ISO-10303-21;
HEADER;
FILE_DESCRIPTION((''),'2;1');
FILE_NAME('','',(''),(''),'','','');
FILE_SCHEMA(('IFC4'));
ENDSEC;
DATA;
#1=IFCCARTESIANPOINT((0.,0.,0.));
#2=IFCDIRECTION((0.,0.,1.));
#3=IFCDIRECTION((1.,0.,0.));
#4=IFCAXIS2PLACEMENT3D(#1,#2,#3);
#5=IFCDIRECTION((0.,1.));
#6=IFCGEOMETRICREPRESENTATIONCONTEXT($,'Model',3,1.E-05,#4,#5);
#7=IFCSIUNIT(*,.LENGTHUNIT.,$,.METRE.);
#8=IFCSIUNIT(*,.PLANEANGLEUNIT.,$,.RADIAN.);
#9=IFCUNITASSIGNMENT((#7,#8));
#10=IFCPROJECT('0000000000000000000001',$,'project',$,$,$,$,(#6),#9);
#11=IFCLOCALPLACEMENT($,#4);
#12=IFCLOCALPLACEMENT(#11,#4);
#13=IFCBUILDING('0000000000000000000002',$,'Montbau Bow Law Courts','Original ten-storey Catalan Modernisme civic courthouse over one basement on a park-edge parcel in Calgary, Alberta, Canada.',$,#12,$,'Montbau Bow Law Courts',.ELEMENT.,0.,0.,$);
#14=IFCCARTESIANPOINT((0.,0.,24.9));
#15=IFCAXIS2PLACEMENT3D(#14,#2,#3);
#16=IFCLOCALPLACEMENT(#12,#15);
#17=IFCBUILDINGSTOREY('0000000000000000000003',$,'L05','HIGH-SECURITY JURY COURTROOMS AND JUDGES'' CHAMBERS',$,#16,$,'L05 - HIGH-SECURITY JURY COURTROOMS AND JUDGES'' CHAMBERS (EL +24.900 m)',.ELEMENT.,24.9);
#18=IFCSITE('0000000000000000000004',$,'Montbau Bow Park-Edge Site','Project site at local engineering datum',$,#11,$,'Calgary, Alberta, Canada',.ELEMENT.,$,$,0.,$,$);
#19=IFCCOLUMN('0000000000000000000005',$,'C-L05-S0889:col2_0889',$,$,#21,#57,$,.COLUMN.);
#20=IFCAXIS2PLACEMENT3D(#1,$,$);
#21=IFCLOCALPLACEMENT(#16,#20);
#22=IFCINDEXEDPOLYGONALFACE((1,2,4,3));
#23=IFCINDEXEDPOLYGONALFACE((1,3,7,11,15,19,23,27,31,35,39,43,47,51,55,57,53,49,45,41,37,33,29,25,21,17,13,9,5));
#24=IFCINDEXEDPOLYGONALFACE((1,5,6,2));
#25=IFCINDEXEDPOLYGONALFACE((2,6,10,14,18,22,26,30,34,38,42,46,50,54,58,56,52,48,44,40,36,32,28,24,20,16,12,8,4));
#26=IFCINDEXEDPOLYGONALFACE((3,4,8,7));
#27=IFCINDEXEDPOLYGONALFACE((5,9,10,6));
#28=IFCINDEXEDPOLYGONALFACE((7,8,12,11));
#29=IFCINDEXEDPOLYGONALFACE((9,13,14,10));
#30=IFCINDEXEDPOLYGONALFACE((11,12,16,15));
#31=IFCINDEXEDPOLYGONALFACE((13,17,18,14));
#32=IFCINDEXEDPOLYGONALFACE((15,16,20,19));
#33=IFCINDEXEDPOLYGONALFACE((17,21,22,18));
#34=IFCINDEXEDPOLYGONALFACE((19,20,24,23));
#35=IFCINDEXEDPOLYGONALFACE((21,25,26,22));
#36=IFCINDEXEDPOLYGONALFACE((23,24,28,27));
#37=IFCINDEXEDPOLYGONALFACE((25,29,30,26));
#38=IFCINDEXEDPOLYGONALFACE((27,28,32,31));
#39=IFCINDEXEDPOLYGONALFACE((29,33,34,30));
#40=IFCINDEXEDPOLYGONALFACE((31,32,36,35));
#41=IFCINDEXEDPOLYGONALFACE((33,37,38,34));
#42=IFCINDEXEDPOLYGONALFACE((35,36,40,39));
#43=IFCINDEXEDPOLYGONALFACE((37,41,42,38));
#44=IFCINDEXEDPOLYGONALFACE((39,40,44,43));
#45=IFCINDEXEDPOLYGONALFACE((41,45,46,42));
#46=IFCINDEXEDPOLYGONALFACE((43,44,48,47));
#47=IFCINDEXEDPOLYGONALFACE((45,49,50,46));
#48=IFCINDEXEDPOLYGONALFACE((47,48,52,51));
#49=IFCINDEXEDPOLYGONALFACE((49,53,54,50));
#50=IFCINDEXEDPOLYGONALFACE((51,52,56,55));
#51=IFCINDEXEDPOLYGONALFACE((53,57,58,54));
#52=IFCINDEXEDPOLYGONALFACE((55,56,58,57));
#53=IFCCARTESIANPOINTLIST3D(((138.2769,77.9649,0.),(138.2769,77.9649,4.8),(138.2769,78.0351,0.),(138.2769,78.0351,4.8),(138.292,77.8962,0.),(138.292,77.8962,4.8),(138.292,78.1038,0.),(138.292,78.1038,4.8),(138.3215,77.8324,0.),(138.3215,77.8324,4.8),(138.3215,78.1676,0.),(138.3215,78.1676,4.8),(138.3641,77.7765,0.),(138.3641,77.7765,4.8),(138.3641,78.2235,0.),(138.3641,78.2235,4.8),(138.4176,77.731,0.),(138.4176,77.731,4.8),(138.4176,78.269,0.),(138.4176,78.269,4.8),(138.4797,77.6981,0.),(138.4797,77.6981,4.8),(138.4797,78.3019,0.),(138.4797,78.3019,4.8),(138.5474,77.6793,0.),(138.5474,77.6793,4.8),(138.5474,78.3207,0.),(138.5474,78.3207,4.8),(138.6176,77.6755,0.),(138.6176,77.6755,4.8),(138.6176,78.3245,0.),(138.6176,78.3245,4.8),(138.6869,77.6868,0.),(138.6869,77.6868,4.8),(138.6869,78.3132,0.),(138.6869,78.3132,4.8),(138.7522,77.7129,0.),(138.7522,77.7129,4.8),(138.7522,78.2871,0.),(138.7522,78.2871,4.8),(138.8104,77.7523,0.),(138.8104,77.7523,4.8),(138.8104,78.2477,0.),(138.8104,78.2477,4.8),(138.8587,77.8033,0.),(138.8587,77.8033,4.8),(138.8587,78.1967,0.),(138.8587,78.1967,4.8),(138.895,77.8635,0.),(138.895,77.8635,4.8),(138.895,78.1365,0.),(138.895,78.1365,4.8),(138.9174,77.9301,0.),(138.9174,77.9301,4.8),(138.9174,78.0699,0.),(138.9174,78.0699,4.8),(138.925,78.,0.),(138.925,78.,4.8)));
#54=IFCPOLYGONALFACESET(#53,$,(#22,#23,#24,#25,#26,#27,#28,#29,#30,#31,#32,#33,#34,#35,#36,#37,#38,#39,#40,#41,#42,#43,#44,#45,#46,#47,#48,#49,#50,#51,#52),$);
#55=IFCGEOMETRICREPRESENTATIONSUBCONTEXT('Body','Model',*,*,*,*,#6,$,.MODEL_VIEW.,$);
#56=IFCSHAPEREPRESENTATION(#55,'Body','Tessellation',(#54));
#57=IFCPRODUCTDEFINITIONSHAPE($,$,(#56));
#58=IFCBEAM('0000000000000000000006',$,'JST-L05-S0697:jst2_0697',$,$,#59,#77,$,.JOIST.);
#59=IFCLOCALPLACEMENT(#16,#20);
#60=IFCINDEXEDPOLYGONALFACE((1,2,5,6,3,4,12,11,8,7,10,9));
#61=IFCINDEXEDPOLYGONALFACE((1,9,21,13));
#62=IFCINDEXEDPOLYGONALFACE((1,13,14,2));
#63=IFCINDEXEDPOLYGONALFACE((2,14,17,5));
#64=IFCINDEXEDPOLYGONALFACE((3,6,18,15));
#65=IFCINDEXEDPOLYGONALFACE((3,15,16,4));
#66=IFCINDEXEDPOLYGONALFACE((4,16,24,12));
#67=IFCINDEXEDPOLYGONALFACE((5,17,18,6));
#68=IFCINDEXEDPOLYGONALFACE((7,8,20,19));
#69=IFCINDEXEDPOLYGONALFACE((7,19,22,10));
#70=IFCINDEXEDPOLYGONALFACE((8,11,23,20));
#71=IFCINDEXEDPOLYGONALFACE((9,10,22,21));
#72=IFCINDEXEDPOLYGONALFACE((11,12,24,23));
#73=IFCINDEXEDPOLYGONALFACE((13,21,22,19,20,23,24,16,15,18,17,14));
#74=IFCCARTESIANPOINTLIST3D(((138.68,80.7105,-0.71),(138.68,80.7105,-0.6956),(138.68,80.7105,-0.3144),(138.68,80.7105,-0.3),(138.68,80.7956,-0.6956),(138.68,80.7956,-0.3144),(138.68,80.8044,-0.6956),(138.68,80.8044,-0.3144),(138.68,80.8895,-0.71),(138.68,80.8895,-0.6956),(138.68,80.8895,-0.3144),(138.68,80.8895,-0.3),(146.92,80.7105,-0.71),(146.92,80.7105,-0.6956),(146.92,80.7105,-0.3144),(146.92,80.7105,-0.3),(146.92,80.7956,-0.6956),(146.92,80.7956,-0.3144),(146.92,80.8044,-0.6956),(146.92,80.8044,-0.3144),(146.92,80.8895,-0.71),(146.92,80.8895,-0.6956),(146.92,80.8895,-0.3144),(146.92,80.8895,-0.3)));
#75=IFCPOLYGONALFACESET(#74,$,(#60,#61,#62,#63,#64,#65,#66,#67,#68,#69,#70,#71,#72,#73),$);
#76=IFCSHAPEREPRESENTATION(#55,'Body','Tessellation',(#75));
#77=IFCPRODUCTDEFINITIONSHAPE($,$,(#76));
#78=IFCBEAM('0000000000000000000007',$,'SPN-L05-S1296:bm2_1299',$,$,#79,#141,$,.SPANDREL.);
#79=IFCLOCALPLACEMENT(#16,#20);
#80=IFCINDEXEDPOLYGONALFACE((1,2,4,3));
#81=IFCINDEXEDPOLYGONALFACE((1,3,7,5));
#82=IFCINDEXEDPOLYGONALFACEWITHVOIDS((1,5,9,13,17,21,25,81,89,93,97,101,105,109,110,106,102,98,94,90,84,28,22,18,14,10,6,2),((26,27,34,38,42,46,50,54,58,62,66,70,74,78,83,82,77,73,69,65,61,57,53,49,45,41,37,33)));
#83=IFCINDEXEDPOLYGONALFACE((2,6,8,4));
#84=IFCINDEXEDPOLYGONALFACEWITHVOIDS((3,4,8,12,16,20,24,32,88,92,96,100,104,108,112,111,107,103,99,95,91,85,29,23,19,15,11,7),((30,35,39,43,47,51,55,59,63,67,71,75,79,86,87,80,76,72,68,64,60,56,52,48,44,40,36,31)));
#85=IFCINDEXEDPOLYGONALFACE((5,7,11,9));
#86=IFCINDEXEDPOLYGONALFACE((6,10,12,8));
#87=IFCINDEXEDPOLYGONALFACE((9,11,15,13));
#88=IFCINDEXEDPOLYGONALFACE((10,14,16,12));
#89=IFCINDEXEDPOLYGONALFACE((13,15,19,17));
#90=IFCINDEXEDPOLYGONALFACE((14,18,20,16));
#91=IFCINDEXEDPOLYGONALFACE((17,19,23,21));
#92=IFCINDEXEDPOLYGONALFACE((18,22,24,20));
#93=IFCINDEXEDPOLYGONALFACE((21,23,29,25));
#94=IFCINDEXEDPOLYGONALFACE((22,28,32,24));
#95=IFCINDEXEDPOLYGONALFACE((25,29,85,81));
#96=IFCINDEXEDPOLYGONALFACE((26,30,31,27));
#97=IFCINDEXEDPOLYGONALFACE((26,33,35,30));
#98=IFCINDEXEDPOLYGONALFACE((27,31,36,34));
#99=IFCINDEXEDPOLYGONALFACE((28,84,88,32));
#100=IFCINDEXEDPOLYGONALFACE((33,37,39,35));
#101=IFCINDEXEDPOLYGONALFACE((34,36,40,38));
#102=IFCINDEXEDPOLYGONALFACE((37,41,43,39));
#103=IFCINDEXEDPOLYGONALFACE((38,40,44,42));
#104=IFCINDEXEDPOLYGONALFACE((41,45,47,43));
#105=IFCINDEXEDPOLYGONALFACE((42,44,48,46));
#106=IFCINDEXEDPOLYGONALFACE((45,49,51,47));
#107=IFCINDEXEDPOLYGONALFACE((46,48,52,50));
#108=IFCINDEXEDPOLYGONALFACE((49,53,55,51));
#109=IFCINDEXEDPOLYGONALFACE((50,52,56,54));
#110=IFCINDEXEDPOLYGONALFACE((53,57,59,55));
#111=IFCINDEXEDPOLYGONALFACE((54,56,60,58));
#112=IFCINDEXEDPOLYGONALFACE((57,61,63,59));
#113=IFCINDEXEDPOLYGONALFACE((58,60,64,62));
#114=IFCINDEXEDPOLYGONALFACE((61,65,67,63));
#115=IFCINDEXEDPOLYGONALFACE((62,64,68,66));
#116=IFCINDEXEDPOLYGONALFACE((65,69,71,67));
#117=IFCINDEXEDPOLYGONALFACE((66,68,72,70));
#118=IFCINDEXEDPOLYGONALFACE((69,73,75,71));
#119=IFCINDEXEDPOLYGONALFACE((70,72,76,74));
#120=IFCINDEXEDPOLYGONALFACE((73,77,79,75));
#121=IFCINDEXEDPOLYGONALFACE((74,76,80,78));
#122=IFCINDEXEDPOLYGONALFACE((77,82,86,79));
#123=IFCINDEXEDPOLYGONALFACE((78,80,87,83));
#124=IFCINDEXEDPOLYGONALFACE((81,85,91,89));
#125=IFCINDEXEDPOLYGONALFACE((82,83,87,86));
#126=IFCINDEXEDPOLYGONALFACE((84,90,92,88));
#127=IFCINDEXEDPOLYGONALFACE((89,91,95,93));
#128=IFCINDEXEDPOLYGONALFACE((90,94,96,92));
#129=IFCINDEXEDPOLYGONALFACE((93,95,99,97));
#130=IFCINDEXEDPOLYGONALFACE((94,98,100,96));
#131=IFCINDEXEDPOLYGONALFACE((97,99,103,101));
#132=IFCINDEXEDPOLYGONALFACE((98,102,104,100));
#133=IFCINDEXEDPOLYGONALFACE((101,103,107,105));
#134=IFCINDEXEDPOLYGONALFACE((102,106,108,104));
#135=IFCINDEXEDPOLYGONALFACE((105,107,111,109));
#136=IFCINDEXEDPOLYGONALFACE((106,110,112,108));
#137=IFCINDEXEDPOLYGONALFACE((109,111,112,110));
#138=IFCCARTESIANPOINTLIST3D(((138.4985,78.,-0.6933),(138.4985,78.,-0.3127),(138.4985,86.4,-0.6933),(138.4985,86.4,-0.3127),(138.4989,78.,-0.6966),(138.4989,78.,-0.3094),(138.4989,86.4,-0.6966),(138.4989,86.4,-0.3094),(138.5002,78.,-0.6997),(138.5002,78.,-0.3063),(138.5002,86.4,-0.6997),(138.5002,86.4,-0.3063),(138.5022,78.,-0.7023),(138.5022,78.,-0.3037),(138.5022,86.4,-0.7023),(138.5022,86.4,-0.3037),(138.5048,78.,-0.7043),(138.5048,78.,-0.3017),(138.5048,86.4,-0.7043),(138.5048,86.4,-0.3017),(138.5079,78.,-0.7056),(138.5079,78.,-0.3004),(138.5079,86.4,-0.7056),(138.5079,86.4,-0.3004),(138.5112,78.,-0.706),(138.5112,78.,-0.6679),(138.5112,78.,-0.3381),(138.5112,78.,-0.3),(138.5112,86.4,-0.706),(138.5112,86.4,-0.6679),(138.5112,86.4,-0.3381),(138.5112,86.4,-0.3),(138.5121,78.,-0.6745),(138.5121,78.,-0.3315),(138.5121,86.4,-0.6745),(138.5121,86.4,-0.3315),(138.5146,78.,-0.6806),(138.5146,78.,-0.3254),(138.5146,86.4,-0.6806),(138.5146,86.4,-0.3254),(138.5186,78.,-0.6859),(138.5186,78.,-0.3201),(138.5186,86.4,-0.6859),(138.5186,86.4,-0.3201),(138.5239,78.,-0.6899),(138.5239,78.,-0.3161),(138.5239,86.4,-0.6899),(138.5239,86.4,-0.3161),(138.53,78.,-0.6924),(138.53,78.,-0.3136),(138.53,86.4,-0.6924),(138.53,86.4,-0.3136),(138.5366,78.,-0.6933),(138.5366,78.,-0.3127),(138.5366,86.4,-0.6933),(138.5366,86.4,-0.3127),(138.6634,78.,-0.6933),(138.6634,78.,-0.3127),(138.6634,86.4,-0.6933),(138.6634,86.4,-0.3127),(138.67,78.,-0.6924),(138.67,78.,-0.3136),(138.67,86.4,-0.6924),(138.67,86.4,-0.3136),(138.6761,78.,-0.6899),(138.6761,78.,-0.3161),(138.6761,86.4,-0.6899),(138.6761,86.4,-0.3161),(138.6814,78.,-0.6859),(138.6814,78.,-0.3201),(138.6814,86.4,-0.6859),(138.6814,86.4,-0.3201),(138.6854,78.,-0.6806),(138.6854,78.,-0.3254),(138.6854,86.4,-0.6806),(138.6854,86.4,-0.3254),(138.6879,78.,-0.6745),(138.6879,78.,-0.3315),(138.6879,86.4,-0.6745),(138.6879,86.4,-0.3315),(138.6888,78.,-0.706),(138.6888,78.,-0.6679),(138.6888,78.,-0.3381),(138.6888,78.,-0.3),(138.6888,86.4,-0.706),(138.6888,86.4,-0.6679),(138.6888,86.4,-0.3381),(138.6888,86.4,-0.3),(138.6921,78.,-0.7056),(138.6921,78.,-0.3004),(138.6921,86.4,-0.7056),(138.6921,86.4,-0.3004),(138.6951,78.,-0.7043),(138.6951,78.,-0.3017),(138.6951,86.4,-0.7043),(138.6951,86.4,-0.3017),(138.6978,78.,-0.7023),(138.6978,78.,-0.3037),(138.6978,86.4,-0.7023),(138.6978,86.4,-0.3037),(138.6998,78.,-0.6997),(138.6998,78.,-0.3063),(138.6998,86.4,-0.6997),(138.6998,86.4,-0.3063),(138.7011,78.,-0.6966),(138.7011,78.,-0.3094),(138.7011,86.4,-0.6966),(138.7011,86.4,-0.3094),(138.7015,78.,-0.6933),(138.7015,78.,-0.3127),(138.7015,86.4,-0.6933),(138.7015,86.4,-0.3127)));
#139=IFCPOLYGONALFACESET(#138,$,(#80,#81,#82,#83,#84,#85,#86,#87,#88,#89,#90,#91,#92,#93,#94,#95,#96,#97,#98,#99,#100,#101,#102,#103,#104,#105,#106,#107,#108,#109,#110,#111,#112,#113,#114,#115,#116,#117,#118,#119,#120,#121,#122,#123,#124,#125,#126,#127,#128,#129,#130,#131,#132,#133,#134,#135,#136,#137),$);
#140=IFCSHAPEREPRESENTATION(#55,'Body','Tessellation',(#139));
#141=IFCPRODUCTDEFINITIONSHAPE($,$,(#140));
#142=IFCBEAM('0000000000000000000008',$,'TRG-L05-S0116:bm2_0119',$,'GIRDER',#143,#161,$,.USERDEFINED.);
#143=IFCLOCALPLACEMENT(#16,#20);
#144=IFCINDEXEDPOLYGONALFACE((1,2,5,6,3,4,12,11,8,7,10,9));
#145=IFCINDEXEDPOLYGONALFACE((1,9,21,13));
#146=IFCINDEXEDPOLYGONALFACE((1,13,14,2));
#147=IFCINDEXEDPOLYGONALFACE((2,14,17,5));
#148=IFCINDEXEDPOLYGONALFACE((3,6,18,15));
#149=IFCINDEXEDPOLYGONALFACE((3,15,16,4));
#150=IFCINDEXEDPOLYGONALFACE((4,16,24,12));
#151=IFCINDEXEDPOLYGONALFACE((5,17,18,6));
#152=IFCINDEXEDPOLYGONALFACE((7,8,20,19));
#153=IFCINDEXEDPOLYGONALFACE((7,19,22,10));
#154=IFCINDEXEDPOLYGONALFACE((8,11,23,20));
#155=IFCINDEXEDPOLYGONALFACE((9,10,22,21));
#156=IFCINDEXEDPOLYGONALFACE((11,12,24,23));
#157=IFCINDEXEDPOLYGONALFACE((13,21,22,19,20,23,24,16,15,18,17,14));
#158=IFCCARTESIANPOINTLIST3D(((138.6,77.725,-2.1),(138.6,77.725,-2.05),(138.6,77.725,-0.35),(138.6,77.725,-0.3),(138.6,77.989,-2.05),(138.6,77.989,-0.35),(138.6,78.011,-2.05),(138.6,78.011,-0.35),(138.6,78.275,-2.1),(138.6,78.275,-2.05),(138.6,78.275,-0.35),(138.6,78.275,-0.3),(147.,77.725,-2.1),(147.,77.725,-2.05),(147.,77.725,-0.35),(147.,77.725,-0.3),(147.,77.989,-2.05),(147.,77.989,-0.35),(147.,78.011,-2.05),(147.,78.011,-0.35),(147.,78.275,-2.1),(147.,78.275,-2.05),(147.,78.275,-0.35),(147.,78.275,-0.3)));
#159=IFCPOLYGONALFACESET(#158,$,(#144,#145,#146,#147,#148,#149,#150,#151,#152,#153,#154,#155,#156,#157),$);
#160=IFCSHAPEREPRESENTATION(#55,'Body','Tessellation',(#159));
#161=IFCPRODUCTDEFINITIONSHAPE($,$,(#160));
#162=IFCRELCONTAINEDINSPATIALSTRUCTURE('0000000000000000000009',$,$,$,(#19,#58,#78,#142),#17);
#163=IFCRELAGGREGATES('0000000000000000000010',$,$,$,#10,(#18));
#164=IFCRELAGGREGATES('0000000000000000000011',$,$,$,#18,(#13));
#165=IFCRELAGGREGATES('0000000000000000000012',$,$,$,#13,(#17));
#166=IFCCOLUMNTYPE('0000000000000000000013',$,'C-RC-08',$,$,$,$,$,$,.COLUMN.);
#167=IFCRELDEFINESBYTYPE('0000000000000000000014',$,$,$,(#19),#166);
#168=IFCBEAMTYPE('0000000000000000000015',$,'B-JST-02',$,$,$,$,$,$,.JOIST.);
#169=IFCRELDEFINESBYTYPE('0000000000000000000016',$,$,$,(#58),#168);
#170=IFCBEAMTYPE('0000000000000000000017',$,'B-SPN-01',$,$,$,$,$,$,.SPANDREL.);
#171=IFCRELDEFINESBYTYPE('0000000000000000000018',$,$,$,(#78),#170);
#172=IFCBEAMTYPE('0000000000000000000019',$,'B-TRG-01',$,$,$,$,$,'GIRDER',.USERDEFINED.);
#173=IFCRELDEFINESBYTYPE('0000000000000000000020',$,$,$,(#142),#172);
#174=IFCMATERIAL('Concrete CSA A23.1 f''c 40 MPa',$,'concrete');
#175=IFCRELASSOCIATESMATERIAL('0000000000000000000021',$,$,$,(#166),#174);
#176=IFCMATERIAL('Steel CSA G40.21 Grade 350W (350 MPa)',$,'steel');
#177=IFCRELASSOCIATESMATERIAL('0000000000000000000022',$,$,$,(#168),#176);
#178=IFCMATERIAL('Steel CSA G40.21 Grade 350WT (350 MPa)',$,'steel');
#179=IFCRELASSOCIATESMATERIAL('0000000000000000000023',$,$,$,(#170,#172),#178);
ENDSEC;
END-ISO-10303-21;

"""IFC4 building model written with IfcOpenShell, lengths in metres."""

from ifc_helpers import new_model, si_unit, direction, frame, origin_with_axes, origin_2d_with_axis, place, context, subcontext, project, spatial, hollow_rectangle, circle, i_section, extrude, material, material_profile, profile_set, type_object, element, save


model = new_model("IFC4")

# Units and contexts
model_context = context("Model", 3, precision=1e-05, world=origin_with_axes(), true_north=direction((0.0, 1.0)))
body_context = subcontext(model_context, "Body", "Model", "MODEL_VIEW")
ifc_project = project(units=[si_unit("LENGTHUNIT", "METRE"), si_unit("PLANEANGLEUNIT", "RADIAN")], contexts=[model_context])

# Site, building, storey
site_placement = place(None, origin_with_axes())
site = spatial("IfcSite", under=ifc_project, at=site_placement, Name="Montbau Bow Park-Edge Site", Description="Project site at local engineering datum", LongName="Calgary, Alberta, Canada", CompositionType="ELEMENT", RefElevation=0.0)
building_placement = place(site_placement, origin_with_axes())
building = spatial("IfcBuilding", under=site, at=building_placement, Name="Montbau Bow Law Courts", Description="Original ten-storey Catalan Modernisme civic courthouse over one basement on a park-edge parcel in Calgary, Alberta, Canada.", LongName="Montbau Bow Law Courts", CompositionType="ELEMENT", ElevationOfRefHeight=0.0, ElevationOfTerrain=0.0)
storey_placement = place(building_placement, frame((0.0, 0.0, 24.9), z_axis=(0.0, 0.0, 1.0), x_axis=(1.0, 0.0, 0.0)))
storey = spatial("IfcBuildingStorey", under=building, at=storey_placement, Name="L05", Description="HIGH-SECURITY JURY COURTROOMS AND JUDGES' CHAMBERS", LongName="L05 - HIGH-SECURITY JURY COURTROOMS AND JUDGES' CHAMBERS (EL +24.900 m)", CompositionType="ELEMENT", Elevation=24.9)

# Column
ifc_material_1 = material(Name="Concrete CSA A23.1 f'c 40 MPa", Category="concrete")
ifc_material_profile_1 = material_profile(ifc_material_1, circle(Radius=0.325, at=origin_2d_with_axis()), Name="RC650D", Category="Main", Priority=0)
ifc_profile_set_1 = profile_set([ifc_material_profile_1], Name="Concrete CSA A23.1 f'c 40 MPa")
column_type = type_object("IfcColumnType", Name="C-RC-08", PredefinedType="COLUMN", material=ifc_profile_set_1)
column_placement = place(None, frame((138.6, 78.0, 24.9), z_axis=(0.0, 0.0, 1.0), x_axis=(1.0, 0.0, 0.0)))
element("IfcColumn", 1, at=column_placement, inside=storey, type_object=column_type, Name="C-L05-S0889:col2_0889", PredefinedType="COLUMN", context=body_context, shape_type="SweptSolid", body=[
    extrude(circle(Radius=0.325, at=origin_2d_with_axis()), origin_with_axes(), (0.0, 0.0, 1.0), 4.8),
])

# Beams
ifc_material_2 = material(Name="Steel CSA G40.21 Grade 350W (350 MPa)", Category="steel")
ifc_material_profile_2 = material_profile(ifc_material_2, i_section(OverallWidth=0.179, OverallDepth=0.41, WebThickness=0.0088, FlangeThickness=0.0144, at=origin_2d_with_axis()), Name="W410X67", Category="Main", Priority=0)
ifc_profile_set_2 = profile_set([ifc_material_profile_2], Name="Steel CSA G40.21 Grade 350W (350 MPa)")
beam_type_1 = type_object("IfcBeamType", Name="B-JST-02", PredefinedType="JOIST", material=ifc_profile_set_2)
beam_1_placement = place(None, frame((138.68, 80.8, 24.395), z_axis=(1.0, 0.0, 0.0), x_axis=(0.0, 1.0, 0.0)))
element("IfcBeam", 2, at=beam_1_placement, inside=storey, type_object=beam_type_1, Name="JST-L05-S0697:jst2_0697", PredefinedType="JOIST", context=body_context, shape_type="SweptSolid", body=[
    extrude(i_section(OverallWidth=0.179, OverallDepth=0.41, WebThickness=0.0088, FlangeThickness=0.0144, at=origin_2d_with_axis()), origin_with_axes(), (0.0, 0.0, 1.0), 8.24),
])
ifc_material_3 = material(Name="Steel CSA G40.21 Grade 350WT (350 MPa)", Category="steel")
ifc_material_profile_3 = material_profile(ifc_material_3, hollow_rectangle(XDim=0.203, YDim=0.406, WallThickness=0.0127, InnerFilletRadius=0.0254, OuterFilletRadius=0.0127, at=origin_2d_with_axis()), Name="HSS406X203X13", Category="Main", Priority=0)
ifc_profile_set_3 = profile_set([ifc_material_profile_3], Name="Steel CSA G40.21 Grade 350WT (350 MPa)")
beam_type_2 = type_object("IfcBeamType", Name="B-SPN-01", PredefinedType="SPANDREL", material=ifc_profile_set_3)
beam_2_placement = place(None, frame((138.6, 78.0, 24.397), z_axis=(0.0, 1.0, 0.0), x_axis=(-1.0, 0.0, 0.0)))
element("IfcBeam", 3, at=beam_2_placement, inside=storey, type_object=beam_type_2, Name="SPN-L05-S1296:bm2_1299", PredefinedType="SPANDREL", context=body_context, shape_type="SweptSolid", body=[
    extrude(hollow_rectangle(XDim=0.203, YDim=0.406, WallThickness=0.0127, InnerFilletRadius=0.0254, OuterFilletRadius=0.0127, at=origin_2d_with_axis()), origin_with_axes(), (0.0, 0.0, 1.0), 8.4),
])
ifc_material_profile_4 = material_profile(ifc_material_3, i_section(OverallWidth=0.55, OverallDepth=1.8, WebThickness=0.022, FlangeThickness=0.05, at=origin_2d_with_axis()), Name="WWF1800X550", Category="Main", Priority=0)
ifc_profile_set_4 = profile_set([ifc_material_profile_4], Name="Steel CSA G40.21 Grade 350WT (350 MPa)")
beam_type_3 = type_object("IfcBeamType", Name="B-TRG-01", ElementType="GIRDER", PredefinedType="USERDEFINED", material=ifc_profile_set_4)
beam_3_placement = place(None, frame((138.6, 78.0, 23.7), z_axis=(1.0, 0.0, 0.0), x_axis=(0.0, 1.0, 0.0)))
element("IfcBeam", 4, at=beam_3_placement, inside=storey, type_object=beam_type_3, Name="TRG-L05-S0116:bm2_0119", ObjectType="GIRDER", PredefinedType="USERDEFINED", context=body_context, shape_type="SweptSolid", body=[
    extrude(i_section(OverallWidth=0.55, OverallDepth=1.8, WebThickness=0.022, FlangeThickness=0.05, at=origin_2d_with_axis()), origin_with_axes(), (0.0, 0.0, 1.0), 8.4),
])

save(model, "model.ifc")
